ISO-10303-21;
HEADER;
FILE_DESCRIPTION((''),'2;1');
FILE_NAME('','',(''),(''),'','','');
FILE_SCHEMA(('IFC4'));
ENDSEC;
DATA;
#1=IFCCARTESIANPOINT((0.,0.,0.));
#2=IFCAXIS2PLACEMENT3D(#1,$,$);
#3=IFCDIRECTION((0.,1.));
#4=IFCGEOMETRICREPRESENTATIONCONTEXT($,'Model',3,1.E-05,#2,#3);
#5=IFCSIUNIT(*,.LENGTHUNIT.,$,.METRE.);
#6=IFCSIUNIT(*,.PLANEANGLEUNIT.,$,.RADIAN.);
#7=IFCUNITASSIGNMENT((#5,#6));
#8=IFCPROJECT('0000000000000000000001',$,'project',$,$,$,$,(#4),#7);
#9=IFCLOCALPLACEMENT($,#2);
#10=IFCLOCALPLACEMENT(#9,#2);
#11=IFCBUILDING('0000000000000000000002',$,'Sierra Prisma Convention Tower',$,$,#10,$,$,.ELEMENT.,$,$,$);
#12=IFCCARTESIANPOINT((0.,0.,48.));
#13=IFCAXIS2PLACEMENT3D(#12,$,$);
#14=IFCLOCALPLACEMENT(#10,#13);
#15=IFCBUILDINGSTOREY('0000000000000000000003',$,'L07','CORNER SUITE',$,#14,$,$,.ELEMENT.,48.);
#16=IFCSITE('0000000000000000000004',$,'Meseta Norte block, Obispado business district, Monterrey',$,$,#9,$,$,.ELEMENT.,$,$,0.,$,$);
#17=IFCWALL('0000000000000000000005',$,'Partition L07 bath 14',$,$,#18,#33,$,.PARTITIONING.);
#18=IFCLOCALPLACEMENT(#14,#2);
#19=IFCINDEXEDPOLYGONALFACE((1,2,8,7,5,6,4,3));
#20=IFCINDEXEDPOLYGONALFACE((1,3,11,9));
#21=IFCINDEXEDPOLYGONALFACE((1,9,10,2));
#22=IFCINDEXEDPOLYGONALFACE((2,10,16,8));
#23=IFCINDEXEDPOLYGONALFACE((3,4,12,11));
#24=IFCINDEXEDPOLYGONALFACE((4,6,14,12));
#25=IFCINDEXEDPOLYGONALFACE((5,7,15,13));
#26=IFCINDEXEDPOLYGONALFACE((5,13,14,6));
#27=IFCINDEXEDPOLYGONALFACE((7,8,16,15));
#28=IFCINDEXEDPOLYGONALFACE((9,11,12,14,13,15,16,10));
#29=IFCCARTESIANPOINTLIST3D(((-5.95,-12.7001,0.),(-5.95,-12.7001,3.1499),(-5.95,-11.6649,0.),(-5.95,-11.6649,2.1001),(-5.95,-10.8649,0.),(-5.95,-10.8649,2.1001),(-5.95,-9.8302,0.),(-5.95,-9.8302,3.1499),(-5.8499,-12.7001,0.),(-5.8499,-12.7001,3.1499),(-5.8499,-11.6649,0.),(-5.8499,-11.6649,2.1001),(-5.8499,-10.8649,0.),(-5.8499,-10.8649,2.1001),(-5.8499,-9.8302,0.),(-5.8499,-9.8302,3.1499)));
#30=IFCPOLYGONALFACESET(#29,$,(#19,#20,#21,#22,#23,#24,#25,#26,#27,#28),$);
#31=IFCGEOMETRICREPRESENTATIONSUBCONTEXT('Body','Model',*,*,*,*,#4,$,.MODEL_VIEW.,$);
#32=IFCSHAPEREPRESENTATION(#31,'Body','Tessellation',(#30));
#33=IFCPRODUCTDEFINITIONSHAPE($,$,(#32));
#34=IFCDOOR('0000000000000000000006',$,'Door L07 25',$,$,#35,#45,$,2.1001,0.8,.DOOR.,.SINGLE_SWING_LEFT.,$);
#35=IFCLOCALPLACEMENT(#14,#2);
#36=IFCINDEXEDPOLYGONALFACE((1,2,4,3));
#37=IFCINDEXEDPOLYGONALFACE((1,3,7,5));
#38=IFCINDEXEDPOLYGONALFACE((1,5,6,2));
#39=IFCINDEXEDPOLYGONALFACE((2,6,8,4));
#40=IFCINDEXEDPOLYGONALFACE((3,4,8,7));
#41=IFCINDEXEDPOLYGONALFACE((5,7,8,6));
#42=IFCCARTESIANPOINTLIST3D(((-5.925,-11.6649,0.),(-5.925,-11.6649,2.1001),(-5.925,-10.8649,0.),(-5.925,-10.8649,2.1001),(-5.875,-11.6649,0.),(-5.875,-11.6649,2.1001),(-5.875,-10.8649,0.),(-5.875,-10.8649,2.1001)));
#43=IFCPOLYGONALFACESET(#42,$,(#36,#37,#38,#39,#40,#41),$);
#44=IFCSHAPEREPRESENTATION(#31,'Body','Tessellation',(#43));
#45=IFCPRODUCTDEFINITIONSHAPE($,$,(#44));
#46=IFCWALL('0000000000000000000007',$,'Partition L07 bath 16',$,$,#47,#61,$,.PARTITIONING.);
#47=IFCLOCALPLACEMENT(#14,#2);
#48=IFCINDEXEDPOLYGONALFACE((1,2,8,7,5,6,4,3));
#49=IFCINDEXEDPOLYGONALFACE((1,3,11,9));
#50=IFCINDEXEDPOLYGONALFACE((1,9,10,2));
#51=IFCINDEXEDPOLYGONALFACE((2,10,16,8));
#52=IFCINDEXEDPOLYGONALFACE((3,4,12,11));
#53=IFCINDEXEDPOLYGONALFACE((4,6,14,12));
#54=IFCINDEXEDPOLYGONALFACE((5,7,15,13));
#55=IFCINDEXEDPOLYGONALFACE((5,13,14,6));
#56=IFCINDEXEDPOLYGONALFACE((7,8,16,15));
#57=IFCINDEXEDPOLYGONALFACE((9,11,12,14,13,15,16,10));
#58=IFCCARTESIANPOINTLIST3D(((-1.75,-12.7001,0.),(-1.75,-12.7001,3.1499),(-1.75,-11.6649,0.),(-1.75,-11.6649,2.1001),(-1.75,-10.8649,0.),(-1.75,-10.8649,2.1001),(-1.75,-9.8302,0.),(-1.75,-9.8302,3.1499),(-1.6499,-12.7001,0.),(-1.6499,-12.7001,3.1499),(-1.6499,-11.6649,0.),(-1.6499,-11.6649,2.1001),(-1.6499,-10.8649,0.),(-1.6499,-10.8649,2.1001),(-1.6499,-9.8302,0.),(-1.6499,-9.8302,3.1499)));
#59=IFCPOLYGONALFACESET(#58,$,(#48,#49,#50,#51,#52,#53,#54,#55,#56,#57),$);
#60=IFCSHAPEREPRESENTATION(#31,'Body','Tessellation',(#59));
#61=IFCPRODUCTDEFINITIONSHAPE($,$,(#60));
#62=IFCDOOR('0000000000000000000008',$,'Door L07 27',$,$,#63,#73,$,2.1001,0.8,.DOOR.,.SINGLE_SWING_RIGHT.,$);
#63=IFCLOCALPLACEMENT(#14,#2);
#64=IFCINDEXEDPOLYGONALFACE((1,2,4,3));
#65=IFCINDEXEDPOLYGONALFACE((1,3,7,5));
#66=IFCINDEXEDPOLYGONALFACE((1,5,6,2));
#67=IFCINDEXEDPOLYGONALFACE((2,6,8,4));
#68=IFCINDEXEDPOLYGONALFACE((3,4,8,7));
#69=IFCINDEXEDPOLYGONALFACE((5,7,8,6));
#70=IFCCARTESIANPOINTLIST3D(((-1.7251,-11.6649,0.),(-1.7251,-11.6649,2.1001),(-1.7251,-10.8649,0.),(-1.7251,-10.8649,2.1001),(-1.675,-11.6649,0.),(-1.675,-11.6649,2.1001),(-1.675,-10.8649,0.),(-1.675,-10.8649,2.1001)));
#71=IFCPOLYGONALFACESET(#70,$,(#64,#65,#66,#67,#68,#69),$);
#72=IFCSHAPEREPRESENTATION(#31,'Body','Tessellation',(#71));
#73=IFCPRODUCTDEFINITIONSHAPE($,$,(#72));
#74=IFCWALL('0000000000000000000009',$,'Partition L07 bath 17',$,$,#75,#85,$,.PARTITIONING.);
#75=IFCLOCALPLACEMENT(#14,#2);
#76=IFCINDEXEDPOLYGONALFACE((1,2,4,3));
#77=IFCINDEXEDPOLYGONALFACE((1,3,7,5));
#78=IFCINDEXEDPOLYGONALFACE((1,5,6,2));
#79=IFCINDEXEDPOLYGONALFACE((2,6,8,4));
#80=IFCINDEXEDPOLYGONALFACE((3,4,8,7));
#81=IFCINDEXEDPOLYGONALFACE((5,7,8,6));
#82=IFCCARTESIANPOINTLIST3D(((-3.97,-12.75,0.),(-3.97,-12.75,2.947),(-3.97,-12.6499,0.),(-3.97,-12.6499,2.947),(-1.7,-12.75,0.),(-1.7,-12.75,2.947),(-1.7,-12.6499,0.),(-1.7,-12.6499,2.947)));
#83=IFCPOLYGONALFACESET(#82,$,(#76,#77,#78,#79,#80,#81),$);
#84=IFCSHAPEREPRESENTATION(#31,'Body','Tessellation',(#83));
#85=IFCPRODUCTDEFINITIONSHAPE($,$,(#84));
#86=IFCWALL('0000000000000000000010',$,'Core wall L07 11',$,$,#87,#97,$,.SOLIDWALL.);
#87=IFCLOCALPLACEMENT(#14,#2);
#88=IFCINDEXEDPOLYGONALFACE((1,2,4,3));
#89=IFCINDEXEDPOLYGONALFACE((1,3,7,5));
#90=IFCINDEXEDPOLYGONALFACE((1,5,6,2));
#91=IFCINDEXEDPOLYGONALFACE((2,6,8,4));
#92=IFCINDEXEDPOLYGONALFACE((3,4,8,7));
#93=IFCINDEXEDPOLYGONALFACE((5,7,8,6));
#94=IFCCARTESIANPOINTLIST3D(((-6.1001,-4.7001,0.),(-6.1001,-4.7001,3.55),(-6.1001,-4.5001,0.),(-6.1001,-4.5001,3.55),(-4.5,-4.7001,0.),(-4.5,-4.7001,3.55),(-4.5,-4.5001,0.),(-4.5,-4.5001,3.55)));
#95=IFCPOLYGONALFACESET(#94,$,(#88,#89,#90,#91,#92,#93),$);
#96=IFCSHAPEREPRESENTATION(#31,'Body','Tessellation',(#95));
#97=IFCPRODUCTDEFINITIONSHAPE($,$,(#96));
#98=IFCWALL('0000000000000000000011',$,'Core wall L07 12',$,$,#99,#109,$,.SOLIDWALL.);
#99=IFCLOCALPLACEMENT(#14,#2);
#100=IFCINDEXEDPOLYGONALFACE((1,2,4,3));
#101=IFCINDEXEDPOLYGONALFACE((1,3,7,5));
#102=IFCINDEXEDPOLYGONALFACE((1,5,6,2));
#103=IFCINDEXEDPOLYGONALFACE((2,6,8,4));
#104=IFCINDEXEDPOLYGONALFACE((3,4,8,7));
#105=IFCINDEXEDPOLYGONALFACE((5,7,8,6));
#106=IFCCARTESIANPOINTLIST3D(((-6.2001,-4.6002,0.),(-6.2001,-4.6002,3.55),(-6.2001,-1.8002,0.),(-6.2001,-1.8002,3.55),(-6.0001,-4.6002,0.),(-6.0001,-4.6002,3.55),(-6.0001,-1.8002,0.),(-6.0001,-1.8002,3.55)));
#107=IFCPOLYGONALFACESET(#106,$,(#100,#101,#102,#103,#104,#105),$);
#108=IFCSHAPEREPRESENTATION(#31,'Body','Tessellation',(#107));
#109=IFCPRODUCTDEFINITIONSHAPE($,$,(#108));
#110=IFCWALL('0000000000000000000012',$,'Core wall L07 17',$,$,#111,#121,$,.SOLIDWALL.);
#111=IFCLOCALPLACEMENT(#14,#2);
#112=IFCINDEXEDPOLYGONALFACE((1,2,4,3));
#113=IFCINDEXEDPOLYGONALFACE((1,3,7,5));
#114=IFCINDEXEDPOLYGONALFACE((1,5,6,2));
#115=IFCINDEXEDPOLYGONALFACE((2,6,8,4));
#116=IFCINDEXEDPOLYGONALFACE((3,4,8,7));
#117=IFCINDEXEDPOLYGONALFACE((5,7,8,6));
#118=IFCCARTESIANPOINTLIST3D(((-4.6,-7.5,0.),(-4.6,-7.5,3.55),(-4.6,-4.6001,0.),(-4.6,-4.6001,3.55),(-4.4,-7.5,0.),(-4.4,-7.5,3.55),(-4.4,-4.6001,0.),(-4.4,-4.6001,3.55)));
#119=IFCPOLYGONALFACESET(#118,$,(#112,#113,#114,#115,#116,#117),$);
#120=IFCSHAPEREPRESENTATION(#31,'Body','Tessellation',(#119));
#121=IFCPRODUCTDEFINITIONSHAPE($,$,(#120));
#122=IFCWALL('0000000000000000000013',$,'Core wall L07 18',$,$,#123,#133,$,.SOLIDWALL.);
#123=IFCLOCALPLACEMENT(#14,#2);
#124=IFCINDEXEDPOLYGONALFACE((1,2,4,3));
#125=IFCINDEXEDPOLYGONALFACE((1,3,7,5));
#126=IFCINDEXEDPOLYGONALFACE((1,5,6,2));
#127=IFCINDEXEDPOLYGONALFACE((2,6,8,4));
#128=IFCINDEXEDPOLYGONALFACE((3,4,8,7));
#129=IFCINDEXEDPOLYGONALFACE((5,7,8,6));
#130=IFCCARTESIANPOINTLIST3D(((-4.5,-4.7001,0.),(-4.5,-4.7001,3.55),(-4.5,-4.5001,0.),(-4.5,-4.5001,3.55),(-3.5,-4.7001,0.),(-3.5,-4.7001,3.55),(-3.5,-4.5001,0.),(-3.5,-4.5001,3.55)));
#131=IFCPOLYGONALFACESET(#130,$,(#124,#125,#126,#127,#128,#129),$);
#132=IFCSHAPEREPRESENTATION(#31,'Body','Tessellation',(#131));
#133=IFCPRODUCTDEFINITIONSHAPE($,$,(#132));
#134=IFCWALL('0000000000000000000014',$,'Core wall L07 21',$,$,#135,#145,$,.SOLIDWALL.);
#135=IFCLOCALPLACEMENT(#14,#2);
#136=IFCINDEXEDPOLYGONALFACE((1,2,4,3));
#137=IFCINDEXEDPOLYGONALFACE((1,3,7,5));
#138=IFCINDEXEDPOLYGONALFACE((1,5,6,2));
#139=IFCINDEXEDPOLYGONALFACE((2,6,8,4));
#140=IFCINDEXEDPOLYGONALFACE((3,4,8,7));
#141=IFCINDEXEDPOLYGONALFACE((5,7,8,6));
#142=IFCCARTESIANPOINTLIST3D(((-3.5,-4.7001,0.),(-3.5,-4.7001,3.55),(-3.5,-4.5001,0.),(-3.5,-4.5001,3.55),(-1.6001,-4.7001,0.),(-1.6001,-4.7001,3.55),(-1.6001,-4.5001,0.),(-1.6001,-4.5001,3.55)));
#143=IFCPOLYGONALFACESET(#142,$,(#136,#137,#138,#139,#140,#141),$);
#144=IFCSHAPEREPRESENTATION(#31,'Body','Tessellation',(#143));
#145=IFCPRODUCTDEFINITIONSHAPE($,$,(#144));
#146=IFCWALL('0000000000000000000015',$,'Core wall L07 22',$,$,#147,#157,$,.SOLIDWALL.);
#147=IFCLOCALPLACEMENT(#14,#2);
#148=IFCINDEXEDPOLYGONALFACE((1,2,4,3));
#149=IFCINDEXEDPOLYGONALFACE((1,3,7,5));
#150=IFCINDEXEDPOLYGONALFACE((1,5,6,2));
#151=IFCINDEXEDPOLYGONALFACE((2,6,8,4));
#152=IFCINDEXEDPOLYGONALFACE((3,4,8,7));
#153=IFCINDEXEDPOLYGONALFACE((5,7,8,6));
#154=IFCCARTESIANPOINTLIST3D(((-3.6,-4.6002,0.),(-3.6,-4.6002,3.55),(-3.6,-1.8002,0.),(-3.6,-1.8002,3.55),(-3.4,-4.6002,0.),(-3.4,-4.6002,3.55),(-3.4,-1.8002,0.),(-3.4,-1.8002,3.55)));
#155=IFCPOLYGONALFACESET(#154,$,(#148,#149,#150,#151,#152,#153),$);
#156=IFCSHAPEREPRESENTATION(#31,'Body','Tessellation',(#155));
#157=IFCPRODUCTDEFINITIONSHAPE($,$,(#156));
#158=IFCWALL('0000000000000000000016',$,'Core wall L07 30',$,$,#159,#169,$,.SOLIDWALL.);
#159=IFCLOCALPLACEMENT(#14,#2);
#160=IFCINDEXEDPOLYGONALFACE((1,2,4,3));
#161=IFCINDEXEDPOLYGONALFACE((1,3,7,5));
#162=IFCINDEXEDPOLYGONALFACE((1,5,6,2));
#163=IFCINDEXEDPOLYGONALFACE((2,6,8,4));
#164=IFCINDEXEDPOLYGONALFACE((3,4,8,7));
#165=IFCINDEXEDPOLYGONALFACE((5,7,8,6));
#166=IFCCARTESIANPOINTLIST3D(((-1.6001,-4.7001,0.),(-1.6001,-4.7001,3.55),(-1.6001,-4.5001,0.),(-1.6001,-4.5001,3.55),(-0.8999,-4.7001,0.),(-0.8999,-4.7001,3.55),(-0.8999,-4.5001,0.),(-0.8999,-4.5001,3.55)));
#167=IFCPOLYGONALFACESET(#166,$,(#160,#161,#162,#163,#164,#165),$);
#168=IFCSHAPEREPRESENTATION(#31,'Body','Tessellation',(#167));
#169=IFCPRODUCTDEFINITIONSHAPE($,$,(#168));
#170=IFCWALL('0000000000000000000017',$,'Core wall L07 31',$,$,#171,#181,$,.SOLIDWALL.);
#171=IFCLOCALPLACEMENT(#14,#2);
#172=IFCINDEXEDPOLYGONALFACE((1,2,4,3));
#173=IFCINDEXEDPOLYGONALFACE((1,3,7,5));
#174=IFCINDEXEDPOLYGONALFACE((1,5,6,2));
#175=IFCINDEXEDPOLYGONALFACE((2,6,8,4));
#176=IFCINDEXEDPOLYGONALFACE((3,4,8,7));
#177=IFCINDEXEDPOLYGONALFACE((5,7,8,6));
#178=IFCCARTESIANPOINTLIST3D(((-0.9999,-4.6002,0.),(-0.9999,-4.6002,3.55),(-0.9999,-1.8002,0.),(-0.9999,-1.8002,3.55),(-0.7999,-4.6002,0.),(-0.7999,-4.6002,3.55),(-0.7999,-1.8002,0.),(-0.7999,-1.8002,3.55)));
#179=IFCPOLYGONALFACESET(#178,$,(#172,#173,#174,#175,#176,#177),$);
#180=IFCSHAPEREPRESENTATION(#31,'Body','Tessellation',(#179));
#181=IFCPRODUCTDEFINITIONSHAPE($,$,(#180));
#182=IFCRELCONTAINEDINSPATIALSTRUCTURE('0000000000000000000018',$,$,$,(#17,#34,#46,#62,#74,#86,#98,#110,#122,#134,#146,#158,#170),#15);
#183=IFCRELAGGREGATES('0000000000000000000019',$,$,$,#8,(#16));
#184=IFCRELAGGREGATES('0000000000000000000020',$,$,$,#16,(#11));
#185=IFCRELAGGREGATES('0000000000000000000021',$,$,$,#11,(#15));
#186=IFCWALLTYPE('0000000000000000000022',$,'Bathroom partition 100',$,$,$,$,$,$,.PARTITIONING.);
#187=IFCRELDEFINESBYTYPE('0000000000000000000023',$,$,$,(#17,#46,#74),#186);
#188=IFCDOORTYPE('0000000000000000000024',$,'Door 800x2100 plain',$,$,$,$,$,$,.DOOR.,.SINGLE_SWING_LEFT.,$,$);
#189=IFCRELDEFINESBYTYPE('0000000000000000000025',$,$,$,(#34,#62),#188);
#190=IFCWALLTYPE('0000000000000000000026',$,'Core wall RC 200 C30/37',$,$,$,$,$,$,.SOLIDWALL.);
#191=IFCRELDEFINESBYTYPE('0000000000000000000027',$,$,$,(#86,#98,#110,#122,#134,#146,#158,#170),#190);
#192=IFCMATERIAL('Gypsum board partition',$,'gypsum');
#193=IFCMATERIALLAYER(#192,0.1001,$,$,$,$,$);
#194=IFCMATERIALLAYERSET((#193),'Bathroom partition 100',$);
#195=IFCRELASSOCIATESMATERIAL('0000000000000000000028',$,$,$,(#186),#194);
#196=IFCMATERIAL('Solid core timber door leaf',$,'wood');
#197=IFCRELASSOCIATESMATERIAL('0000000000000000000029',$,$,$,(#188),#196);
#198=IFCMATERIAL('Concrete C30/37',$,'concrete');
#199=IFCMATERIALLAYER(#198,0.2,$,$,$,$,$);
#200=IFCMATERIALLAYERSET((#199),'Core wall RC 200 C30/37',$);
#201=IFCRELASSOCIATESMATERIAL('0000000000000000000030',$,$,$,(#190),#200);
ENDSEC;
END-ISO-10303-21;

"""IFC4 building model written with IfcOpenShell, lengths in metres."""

from ifc_helpers import new_model, si_unit, direction, frame, frame_2d, origin, place, context, subcontext, project, spatial, rectangle, extrude, material, layer, layer_set, type_object, element, fill, save


model = new_model("IFC4")

# Units and contexts
model_context = context("Model", 3, precision=1e-05, world=origin(), true_north=direction((0.0, 1.0)))
body_context = subcontext(model_context, "Body", "Model", "MODEL_VIEW")
ifc_project = project(units=[si_unit("LENGTHUNIT", "METRE"), si_unit("PLANEANGLEUNIT", "RADIAN")], contexts=[model_context])

# Site, building, storey
site_placement = place(None, origin())
site = spatial("IfcSite", under=ifc_project, at=site_placement, Name="Meseta Norte block, Obispado business district, Monterrey", CompositionType="ELEMENT", RefElevation=0.0)
building_placement = place(site_placement, origin())
building = spatial("IfcBuilding", under=site, at=building_placement, Name="Sierra Prisma Convention Tower", CompositionType="ELEMENT")
storey_placement = place(building_placement, frame((0.0, 0.0, 48.0)))
storey = spatial("IfcBuildingStorey", under=building, at=storey_placement, Name="L07", Description="CORNER SUITE", CompositionType="ELEMENT", Elevation=48.0)

# Walls, openings, doors
ifc_material_1 = material(Name="Gypsum board partition", Category="gypsum")
ifc_layer_1 = layer(ifc_material_1, 0.1001)
ifc_layer_set_1 = layer_set([ifc_layer_1], Name="Bathroom partition 100")
wall_type_1 = type_object("IfcWallType", Name="Bathroom partition 100", PredefinedType="PARTITIONING", material=ifc_layer_set_1)
wall_1_placement = place(storey_placement, frame((-5.8999, -9.8301, 0.0), z_axis=(0.0, 0.0, 1.0), x_axis=(0.0, -1.0, 0.0)))
wall_1 = element("IfcWall", 1, at=wall_1_placement, inside=storey, type_object=wall_type_1, Name="Partition L07 bath 14", PredefinedType="PARTITIONING", context=body_context, shape_type="SweptSolid", body=[
    extrude(rectangle(XDim=2.8699, YDim=0.1001, at=frame_2d((1.4351, 0.0))), origin(), (0.0, 0.0, 1.0), 3.1499),
])
opening_1_placement = place(wall_1_placement, frame((1.0349, 0.0, 0.0)))
opening_1 = element("IfcOpeningElement", 2, at=opening_1_placement, cuts=wall_1, PredefinedType="OPENING", context=body_context, shape_type="SweptSolid", body=[
    extrude(rectangle(XDim=0.8, YDim=2.1001, at=frame_2d((0.3999, 1.05))), frame((0.0, 0.05, 0.0), z_axis=(0.0, -1.0, 0.0), x_axis=(1.0, 0.0, 0.0)), (0.0, 0.0, 1.0), 0.1001),
])
ifc_material_2 = material(Name="Solid core timber door leaf", Category="wood")
door_type_1 = type_object("IfcDoorType", Name="Door 800x2100 plain", OperationType="SINGLE_SWING_LEFT", PredefinedType="DOOR", material=ifc_material_2)
door_1_placement = place(opening_1_placement, origin())
door_1 = element("IfcDoor", 3, at=door_1_placement, inside=storey, type_object=door_type_1, Name="Door L07 25", OperationType="SINGLE_SWING_LEFT", OverallHeight=2.1001, OverallWidth=0.8, PredefinedType="DOOR", context=body_context, shape_type="SweptSolid", body=[
    extrude(rectangle(XDim=0.8, YDim=2.1001, at=frame_2d((0.3999, 1.05))), frame((0.0, 0.0249, 0.0), z_axis=(0.0, -1.0, 0.0), x_axis=(1.0, 0.0, 0.0)), (0.0, 0.0, 1.0), 0.05),
])
fill(opening_1, door_1)
wall_2_placement = place(storey_placement, frame((-1.7, -9.8301, 0.0), z_axis=(0.0, 0.0, 1.0), x_axis=(0.0, -1.0, 0.0)))
wall_2 = element("IfcWall", 4, at=wall_2_placement, inside=storey, type_object=wall_type_1, Name="Partition L07 bath 16", PredefinedType="PARTITIONING", context=body_context, shape_type="SweptSolid", body=[
    extrude(rectangle(XDim=2.8699, YDim=0.1001, at=frame_2d((1.4351, 0.0))), origin(), (0.0, 0.0, 1.0), 3.1499),
])
opening_2_placement = place(wall_2_placement, frame((1.0349, 0.0, 0.0)))
opening_2 = element("IfcOpeningElement", 5, at=opening_2_placement, cuts=wall_2, PredefinedType="OPENING", context=body_context, shape_type="SweptSolid", body=[
    extrude(rectangle(XDim=0.8, YDim=2.1001, at=frame_2d((0.3999, 1.05))), frame((0.0, 0.05, 0.0), z_axis=(0.0, -1.0, 0.0), x_axis=(1.0, 0.0, 0.0)), (0.0, 0.0, 1.0), 0.1001),
])
door_2_placement = place(opening_2_placement, origin())
door_2 = element("IfcDoor", 6, at=door_2_placement, inside=storey, type_object=door_type_1, Name="Door L07 27", OperationType="SINGLE_SWING_RIGHT", OverallHeight=2.1001, OverallWidth=0.8, PredefinedType="DOOR", context=body_context, shape_type="SweptSolid", body=[
    extrude(rectangle(XDim=0.8, YDim=2.1001, at=frame_2d((0.3999, 1.05))), frame((0.0, 0.0249, 0.0), z_axis=(0.0, -1.0, 0.0), x_axis=(1.0, 0.0, 0.0)), (0.0, 0.0, 1.0), 0.05),
])
fill(opening_2, door_2)

# Walls
wall_3_placement = place(storey_placement, frame((-1.7, -12.7, 0.0), z_axis=(0.0, 0.0, 1.0), x_axis=(-1.0, 0.0, 0.0)))
element("IfcWall", 7, at=wall_3_placement, inside=storey, type_object=wall_type_1, Name="Partition L07 bath 17", PredefinedType="PARTITIONING", context=body_context, shape_type="SweptSolid", body=[
    extrude(rectangle(XDim=2.27, YDim=0.1001, at=frame_2d((1.135, 0.0))), origin(), (0.0, 0.0, 1.0), 2.947),
])
ifc_material_3 = material(Name="Concrete C30/37", Category="concrete")
ifc_layer_2 = layer(ifc_material_3, 0.2)
ifc_layer_set_2 = layer_set([ifc_layer_2], Name="Core wall RC 200 C30/37")
wall_type_2 = type_object("IfcWallType", Name="Core wall RC 200 C30/37", PredefinedType="SOLIDWALL", material=ifc_layer_set_2)
wall_4_placement = place(storey_placement, frame((-6.1001, -4.6001, 0.0), z_axis=(0.0, 0.0, 1.0), x_axis=(1.0, 0.0, 0.0)))
element("IfcWall", 8, at=wall_4_placement, inside=storey, type_object=wall_type_2, Name="Core wall L07 11", PredefinedType="SOLIDWALL", context=body_context, shape_type="SweptSolid", body=[
    extrude(rectangle(XDim=1.6001, YDim=0.2, at=frame_2d((0.8, 0.0))), origin(), (0.0, 0.0, 1.0), 3.55),
])
wall_5_placement = place(storey_placement, frame((-6.1001, -4.6001, 0.0), z_axis=(0.0, 0.0, 1.0), x_axis=(0.0, 1.0, 0.0)))
element("IfcWall", 9, at=wall_5_placement, inside=storey, type_object=wall_type_2, Name="Core wall L07 12", PredefinedType="SOLIDWALL", context=body_context, shape_type="SweptSolid", body=[
    extrude(rectangle(XDim=2.8, YDim=0.2, at=frame_2d((1.3999, 0.0))), origin(), (0.0, 0.0, 1.0), 3.55),
])
wall_6_placement = place(storey_placement, frame((-4.5, -4.6001, 0.0), z_axis=(0.0, 0.0, 1.0), x_axis=(0.0, -1.0, 0.0)))
element("IfcWall", 10, at=wall_6_placement, inside=storey, type_object=wall_type_2, Name="Core wall L07 17", PredefinedType="SOLIDWALL", context=body_context, shape_type="SweptSolid", body=[
    extrude(rectangle(XDim=2.8999, YDim=0.2, at=frame_2d((1.45, 0.0))), origin(), (0.0, 0.0, 1.0), 3.55),
])
wall_7_placement = place(storey_placement, frame((-4.5, -4.6001, 0.0), z_axis=(0.0, 0.0, 1.0), x_axis=(1.0, 0.0, 0.0)))
element("IfcWall", 11, at=wall_7_placement, inside=storey, type_object=wall_type_2, Name="Core wall L07 18", PredefinedType="SOLIDWALL", context=body_context, shape_type="SweptSolid", body=[
    extrude(rectangle(XDim=1.0, YDim=0.2, at=frame_2d((0.5, 0.0))), origin(), (0.0, 0.0, 1.0), 3.55),
])
wall_8_placement = place(storey_placement, frame((-3.5, -4.6001, 0.0), z_axis=(0.0, 0.0, 1.0), x_axis=(1.0, 0.0, 0.0)))
element("IfcWall", 12, at=wall_8_placement, inside=storey, type_object=wall_type_2, Name="Core wall L07 21", PredefinedType="SOLIDWALL", context=body_context, shape_type="SweptSolid", body=[
    extrude(rectangle(XDim=1.8999, YDim=0.2, at=frame_2d((0.95, 0.0))), origin(), (0.0, 0.0, 1.0), 3.55),
])
wall_9_placement = place(storey_placement, frame((-3.5, -4.6001, 0.0), z_axis=(0.0, 0.0, 1.0), x_axis=(0.0, 1.0, 0.0)))
element("IfcWall", 13, at=wall_9_placement, inside=storey, type_object=wall_type_2, Name="Core wall L07 22", PredefinedType="SOLIDWALL", context=body_context, shape_type="SweptSolid", body=[
    extrude(rectangle(XDim=2.8, YDim=0.2, at=frame_2d((1.3999, 0.0))), origin(), (0.0, 0.0, 1.0), 3.55),
])

# Walls
wall_10_placement = place(storey_placement, frame((-1.6001, -4.6001, 0.0), z_axis=(0.0, 0.0, 1.0), x_axis=(1.0, 0.0, 0.0)))
element("IfcWall", 14, at=wall_10_placement, inside=storey, type_object=wall_type_2, Name="Core wall L07 30", PredefinedType="SOLIDWALL", context=body_context, shape_type="SweptSolid", body=[
    extrude(rectangle(XDim=0.7002, YDim=0.2, at=frame_2d((0.3501, 0.0))), origin(), (0.0, 0.0, 1.0), 3.55),
])
wall_11_placement = place(storey_placement, frame((-0.8999, -4.6001, 0.0), z_axis=(0.0, 0.0, 1.0), x_axis=(0.0, 1.0, 0.0)))
element("IfcWall", 15, at=wall_11_placement, inside=storey, type_object=wall_type_2, Name="Core wall L07 31", PredefinedType="SOLIDWALL", context=body_context, shape_type="SweptSolid", body=[
    extrude(rectangle(XDim=2.8, YDim=0.2, at=frame_2d((1.3999, 0.0))), origin(), (0.0, 0.0, 1.0), 3.55),
])

save(model, "model.ifc")
